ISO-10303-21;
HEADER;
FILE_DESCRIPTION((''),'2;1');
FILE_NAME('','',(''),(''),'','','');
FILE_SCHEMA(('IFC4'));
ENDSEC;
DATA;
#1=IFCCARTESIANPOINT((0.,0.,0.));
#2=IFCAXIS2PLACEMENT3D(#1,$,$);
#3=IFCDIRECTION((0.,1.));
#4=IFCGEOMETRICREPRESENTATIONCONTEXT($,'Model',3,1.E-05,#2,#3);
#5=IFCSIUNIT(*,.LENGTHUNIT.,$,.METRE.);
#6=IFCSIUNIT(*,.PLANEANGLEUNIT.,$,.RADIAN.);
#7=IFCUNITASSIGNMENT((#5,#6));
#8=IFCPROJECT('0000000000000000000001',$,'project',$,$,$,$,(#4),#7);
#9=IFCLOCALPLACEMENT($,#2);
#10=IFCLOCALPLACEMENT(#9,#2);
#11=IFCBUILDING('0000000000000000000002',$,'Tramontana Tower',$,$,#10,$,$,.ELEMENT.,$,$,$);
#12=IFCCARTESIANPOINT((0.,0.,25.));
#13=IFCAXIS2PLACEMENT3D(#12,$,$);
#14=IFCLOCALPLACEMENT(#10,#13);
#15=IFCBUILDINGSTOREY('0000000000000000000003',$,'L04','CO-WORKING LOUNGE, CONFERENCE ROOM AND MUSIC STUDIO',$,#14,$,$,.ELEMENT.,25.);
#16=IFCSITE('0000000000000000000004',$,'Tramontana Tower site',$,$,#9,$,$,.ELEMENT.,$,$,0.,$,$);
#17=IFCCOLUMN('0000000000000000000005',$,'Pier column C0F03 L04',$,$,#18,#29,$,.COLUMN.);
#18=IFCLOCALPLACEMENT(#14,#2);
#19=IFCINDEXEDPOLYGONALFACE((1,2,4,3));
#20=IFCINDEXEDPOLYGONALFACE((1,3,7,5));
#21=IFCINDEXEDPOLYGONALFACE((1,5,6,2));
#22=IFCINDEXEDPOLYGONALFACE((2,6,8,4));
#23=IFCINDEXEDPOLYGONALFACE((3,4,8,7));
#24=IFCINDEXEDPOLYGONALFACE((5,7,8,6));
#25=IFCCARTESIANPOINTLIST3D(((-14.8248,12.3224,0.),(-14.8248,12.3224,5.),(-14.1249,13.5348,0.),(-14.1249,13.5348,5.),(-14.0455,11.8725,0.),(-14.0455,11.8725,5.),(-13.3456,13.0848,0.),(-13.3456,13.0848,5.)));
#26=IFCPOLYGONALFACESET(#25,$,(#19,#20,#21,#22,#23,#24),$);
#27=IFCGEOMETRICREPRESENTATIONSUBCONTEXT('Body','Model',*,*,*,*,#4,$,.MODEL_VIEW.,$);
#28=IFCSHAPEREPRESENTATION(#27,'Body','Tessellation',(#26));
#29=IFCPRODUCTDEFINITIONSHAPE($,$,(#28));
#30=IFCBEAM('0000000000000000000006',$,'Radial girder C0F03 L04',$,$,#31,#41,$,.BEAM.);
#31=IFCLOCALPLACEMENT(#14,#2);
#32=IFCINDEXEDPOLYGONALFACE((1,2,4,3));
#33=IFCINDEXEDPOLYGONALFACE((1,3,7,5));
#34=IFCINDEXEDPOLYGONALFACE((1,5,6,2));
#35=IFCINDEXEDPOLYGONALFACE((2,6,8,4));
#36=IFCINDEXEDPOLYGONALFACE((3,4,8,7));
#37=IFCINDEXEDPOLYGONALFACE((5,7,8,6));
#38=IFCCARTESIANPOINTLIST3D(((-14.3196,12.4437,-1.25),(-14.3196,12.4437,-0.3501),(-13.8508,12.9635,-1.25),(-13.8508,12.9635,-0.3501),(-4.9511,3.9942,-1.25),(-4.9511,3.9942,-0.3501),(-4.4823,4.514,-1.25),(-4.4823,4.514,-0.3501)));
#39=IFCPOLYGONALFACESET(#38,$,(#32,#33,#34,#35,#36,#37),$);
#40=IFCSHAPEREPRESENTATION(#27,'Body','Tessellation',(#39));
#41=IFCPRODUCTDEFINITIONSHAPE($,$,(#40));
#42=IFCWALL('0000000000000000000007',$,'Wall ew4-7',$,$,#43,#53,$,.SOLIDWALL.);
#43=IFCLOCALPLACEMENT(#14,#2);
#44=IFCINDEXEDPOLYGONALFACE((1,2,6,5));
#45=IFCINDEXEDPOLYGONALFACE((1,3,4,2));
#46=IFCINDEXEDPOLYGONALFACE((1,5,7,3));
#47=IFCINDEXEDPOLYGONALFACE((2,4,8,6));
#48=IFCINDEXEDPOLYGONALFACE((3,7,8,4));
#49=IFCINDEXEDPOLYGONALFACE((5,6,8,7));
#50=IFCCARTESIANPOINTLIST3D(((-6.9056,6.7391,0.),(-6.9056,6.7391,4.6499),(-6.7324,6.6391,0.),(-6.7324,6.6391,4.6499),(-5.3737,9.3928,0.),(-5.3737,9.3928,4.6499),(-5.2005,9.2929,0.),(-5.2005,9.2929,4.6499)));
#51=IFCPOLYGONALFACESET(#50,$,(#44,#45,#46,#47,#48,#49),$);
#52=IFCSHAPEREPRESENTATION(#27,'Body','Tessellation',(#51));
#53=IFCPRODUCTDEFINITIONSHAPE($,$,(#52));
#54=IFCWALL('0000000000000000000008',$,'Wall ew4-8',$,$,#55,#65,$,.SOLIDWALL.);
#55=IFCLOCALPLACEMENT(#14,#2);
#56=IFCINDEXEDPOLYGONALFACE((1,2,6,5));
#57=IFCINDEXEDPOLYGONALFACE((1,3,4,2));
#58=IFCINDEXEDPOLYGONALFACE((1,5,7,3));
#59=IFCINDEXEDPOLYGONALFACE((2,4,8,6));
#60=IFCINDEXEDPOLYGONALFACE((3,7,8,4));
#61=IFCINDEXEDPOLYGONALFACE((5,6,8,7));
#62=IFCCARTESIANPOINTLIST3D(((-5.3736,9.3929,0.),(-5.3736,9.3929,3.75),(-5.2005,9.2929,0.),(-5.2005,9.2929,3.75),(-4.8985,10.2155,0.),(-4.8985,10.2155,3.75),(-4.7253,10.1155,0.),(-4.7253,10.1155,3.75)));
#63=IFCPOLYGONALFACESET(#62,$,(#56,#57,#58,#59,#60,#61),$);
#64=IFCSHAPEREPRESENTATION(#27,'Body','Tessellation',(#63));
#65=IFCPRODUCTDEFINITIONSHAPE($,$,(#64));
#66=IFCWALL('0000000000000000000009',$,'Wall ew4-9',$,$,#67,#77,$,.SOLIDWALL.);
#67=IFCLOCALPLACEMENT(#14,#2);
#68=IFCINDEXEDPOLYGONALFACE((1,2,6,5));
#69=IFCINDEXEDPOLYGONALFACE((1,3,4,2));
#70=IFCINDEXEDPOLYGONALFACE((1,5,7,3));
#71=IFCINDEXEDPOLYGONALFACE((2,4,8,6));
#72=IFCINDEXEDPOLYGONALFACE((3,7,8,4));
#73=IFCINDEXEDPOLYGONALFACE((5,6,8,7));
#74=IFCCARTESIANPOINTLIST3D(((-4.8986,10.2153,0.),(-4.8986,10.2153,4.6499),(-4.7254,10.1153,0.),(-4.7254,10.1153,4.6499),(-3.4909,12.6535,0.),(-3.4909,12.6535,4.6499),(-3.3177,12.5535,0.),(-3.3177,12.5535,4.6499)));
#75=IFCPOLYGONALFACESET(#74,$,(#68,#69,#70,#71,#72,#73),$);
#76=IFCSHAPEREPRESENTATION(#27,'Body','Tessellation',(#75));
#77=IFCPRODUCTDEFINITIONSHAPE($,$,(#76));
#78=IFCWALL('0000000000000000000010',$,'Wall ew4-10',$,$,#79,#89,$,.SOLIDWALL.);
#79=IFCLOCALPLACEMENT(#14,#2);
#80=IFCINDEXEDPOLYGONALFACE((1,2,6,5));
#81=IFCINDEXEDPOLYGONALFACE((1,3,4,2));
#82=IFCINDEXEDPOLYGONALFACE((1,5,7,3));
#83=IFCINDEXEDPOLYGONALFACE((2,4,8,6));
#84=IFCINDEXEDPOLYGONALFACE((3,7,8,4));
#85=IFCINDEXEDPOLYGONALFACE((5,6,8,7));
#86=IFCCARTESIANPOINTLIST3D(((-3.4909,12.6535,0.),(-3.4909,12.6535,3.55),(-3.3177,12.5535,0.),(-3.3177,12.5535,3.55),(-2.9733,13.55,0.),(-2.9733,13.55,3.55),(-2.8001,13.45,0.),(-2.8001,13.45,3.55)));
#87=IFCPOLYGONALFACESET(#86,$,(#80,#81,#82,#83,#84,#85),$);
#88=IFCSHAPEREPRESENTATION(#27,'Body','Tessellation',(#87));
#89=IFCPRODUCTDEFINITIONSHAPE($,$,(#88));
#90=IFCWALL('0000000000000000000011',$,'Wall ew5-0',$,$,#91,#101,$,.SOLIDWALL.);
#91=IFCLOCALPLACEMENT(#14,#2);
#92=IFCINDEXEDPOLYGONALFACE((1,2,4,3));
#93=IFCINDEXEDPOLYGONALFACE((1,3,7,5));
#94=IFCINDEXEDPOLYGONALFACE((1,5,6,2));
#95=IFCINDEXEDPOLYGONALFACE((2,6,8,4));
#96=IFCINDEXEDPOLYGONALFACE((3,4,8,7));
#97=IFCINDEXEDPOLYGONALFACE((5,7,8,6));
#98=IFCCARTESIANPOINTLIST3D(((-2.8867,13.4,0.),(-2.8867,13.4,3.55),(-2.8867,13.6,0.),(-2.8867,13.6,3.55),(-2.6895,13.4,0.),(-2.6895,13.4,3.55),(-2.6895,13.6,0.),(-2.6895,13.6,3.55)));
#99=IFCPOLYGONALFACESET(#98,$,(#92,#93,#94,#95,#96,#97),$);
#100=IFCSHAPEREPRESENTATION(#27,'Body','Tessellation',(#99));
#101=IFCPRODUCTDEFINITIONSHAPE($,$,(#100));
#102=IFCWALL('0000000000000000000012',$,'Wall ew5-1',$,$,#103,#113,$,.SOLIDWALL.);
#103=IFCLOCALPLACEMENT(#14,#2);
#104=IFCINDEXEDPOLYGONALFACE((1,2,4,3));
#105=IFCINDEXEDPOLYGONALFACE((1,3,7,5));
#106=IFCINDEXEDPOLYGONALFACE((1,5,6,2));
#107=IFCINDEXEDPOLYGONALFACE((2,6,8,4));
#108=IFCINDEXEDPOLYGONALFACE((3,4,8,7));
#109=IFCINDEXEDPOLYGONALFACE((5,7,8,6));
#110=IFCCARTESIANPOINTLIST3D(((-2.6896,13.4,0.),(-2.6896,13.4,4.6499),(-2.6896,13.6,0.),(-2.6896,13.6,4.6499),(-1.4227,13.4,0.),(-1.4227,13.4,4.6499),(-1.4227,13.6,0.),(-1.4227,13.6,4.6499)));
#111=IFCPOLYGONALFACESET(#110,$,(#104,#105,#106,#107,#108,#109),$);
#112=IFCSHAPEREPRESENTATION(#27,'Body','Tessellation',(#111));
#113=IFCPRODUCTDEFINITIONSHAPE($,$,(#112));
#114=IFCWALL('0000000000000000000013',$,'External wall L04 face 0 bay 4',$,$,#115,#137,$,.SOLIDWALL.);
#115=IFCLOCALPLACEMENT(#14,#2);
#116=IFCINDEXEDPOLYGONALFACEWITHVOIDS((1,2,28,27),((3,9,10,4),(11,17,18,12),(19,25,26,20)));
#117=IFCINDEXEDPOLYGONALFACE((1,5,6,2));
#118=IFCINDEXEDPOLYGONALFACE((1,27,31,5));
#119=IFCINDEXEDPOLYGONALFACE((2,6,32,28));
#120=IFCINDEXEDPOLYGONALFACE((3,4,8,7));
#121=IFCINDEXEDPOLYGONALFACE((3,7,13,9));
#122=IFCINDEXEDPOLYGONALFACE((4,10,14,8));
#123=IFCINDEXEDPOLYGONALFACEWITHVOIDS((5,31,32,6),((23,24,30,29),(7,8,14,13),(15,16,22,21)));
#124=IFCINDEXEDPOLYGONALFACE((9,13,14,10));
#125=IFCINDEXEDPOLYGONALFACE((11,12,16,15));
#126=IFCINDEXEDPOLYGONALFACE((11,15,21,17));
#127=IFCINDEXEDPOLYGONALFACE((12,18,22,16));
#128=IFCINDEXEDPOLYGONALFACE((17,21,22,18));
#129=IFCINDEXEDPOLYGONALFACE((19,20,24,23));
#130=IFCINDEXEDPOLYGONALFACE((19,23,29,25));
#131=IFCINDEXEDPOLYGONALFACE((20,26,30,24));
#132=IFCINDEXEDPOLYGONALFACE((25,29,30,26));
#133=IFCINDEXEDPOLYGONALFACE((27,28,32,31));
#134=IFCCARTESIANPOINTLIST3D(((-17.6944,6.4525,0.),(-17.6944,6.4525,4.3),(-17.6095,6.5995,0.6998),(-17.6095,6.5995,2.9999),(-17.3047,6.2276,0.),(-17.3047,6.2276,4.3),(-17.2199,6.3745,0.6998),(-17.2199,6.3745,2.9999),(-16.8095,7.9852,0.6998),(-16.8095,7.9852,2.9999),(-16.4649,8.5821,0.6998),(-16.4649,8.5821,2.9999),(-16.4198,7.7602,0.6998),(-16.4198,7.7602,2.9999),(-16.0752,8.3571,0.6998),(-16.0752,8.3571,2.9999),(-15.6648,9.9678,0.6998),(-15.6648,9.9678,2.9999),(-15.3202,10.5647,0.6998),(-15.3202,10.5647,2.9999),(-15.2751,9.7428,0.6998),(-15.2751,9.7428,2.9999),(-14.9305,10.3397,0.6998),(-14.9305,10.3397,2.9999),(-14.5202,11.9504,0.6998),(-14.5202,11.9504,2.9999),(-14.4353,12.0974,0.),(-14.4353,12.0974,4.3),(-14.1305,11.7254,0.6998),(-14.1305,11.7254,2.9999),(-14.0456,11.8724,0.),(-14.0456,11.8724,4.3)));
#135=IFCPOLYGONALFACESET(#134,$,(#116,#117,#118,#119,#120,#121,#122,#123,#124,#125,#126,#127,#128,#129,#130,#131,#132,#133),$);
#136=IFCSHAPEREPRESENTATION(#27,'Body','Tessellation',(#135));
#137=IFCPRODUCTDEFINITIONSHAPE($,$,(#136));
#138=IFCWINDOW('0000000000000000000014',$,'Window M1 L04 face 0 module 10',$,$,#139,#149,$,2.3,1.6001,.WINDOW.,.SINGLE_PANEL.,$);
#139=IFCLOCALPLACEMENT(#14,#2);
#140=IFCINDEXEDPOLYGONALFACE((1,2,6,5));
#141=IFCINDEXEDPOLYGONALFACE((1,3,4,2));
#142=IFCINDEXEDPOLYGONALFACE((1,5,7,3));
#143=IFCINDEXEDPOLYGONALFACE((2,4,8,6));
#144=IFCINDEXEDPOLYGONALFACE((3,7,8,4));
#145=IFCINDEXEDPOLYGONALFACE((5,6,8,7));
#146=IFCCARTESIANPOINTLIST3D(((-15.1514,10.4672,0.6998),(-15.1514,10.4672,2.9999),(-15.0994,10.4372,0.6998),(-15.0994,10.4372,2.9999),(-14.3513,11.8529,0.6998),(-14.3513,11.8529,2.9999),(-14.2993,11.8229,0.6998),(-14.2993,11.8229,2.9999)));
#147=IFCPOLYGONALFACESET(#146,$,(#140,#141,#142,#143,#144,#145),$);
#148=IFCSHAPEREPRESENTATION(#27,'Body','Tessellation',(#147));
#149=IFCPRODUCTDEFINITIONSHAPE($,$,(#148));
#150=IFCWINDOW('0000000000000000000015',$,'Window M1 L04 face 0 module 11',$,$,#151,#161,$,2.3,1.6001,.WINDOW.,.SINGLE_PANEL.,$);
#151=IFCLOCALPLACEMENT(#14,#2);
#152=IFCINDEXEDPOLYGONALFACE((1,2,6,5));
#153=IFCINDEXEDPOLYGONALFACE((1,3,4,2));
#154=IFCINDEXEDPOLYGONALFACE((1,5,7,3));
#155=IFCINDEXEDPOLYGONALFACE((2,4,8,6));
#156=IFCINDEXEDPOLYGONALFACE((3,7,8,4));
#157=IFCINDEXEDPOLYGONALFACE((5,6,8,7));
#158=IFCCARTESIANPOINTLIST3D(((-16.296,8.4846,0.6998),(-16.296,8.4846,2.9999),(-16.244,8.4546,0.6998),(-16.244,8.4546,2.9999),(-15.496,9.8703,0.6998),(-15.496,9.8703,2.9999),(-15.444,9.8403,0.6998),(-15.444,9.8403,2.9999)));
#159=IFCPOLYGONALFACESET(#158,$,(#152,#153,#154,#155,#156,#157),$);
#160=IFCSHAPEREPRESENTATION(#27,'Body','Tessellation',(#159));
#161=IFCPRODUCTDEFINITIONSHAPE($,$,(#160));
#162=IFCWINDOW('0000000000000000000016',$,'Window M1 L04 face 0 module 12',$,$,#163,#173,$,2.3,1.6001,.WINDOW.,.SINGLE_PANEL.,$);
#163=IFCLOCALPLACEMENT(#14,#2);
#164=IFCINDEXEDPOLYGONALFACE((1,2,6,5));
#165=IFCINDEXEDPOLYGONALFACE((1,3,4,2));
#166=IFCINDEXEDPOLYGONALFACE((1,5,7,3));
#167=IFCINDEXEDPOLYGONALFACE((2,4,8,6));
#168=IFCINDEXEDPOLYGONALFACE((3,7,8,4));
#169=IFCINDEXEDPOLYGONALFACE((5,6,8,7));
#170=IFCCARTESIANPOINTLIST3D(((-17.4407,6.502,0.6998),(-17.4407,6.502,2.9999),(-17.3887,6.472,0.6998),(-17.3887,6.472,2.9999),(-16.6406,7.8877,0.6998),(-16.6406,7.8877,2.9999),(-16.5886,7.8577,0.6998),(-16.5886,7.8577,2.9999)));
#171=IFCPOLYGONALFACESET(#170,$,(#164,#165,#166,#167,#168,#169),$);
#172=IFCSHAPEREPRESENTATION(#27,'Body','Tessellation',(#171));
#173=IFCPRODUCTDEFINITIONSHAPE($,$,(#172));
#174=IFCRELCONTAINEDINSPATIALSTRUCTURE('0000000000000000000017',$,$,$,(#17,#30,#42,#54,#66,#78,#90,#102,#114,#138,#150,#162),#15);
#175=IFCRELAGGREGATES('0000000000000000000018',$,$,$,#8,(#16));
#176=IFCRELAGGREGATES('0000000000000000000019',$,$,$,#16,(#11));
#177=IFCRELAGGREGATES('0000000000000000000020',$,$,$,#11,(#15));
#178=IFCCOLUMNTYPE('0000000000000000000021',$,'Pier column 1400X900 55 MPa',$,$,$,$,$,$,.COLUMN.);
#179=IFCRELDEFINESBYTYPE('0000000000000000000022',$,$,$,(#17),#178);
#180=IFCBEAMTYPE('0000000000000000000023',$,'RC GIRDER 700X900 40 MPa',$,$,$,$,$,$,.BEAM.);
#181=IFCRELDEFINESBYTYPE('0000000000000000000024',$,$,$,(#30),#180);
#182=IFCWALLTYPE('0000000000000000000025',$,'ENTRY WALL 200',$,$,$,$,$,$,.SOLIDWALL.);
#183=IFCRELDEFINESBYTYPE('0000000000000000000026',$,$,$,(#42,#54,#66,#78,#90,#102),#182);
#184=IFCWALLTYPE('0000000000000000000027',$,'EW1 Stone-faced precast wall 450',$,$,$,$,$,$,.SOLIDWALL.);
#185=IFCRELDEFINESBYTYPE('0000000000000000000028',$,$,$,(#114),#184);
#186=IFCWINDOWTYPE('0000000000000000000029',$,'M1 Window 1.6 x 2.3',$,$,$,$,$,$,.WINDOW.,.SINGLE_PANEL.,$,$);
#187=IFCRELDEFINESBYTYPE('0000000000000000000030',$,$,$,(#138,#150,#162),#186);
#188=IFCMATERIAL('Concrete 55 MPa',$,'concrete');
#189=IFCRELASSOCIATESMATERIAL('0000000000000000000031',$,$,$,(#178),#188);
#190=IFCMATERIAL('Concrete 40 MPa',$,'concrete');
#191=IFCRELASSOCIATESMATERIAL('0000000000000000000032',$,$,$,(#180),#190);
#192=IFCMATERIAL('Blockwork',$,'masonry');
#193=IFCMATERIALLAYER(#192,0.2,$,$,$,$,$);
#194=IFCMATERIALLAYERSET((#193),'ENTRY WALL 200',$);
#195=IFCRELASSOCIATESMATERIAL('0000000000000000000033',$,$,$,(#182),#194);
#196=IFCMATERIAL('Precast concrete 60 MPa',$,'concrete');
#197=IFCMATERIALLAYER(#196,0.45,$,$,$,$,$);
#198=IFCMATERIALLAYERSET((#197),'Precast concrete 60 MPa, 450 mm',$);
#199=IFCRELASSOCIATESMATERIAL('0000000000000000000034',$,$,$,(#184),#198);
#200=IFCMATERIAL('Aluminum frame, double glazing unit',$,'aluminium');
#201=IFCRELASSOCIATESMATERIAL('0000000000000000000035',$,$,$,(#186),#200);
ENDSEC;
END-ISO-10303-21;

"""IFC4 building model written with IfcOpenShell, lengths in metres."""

from ifc_helpers import new_model, si_unit, direction, frame, frame_2d, origin, origin_2d, place, context, subcontext, project, spatial, rectangle, extrude, material, layer, layer_set, material_profile, profile_set, type_object, element, fill, save


model = new_model("IFC4")

# Units and contexts
model_context = context("Model", 3, precision=1e-05, world=origin(), true_north=direction((0.0, 1.0)))
body_context = subcontext(model_context, "Body", "Model", "MODEL_VIEW")
ifc_project = project(units=[si_unit("LENGTHUNIT", "METRE"), si_unit("PLANEANGLEUNIT", "RADIAN")], contexts=[model_context])

# Site, building, storey
site_placement = place(None, origin())
site = spatial("IfcSite", under=ifc_project, at=site_placement, Name="Tramontana Tower site", CompositionType="ELEMENT", RefElevation=0.0)
building_placement = place(site_placement, origin())
building = spatial("IfcBuilding", under=site, at=building_placement, Name="Tramontana Tower", CompositionType="ELEMENT")
storey_placement = place(building_placement, frame((0.0, 0.0, 25.0)))
storey = spatial("IfcBuildingStorey", under=building, at=storey_placement, Name="L04", Description="CO-WORKING LOUNGE, CONFERENCE ROOM AND MUSIC STUDIO", CompositionType="ELEMENT", Elevation=25.0)

# Column
ifc_material_1 = material(Name="Concrete 55 MPa", Category="concrete")
ifc_material_profile_1 = material_profile(ifc_material_1, rectangle(XDim=1.3999, YDim=0.8999, at=origin_2d()), Name="Pier column 1400X900 55 MPa")
ifc_profile_set_1 = profile_set([ifc_material_profile_1], Name="Concrete 55 MPa")
column_type = type_object("IfcColumnType", Name="Pier column 1400X900 55 MPa", PredefinedType="COLUMN", material=ifc_profile_set_1)
column_placement = place(storey_placement, frame((-14.0852, 12.7036, 0.0), z_axis=(0.0, 0.0, 1.0), x_axis=(-0.5, -0.866025, 0.0)))
element("IfcColumn", 1, at=column_placement, inside=storey, type_object=column_type, Name="Pier column C0F03 L04", PredefinedType="COLUMN", context=body_context, shape_type="SweptSolid", body=[
    extrude(rectangle(XDim=1.3999, YDim=0.8999, at=origin_2d()), origin(), (0.0, 0.0, 1.0), 5.0),
])

# Beam
ifc_material_2 = material(Name="Concrete 40 MPa", Category="concrete")
ifc_material_profile_2 = material_profile(ifc_material_2, rectangle(XDim=0.7, YDim=0.8999, at=origin_2d()), Name="RC GIRDER 700X900 40 MPa")
ifc_profile_set_2 = profile_set([ifc_material_profile_2], Name="Concrete 40 MPa")
beam_type = type_object("IfcBeamType", Name="RC GIRDER 700X900 40 MPa", PredefinedType="BEAM", material=ifc_profile_set_2)
beam_placement = place(storey_placement, frame((-14.0852, 12.7036, -0.8), z_axis=(0.742588, -0.669748, 0.0), x_axis=(0.669748, 0.742588, 0.0)))
element("IfcBeam", 2, at=beam_placement, inside=storey, type_object=beam_type, Name="Radial girder C0F03 L04", PredefinedType="BEAM", context=body_context, shape_type="SweptSolid", body=[
    extrude(rectangle(XDim=0.7, YDim=0.8999, at=origin_2d()), origin(), (0.0, 0.0, 1.0), 12.616),
])

# Walls
ifc_material_3 = material(Name="Blockwork", Category="masonry")
ifc_layer_1 = layer(ifc_material_3, 0.2)
ifc_layer_set_1 = layer_set([ifc_layer_1], Name="ENTRY WALL 200")
wall_type_1 = type_object("IfcWallType", Name="ENTRY WALL 200", PredefinedType="SOLIDWALL", material=ifc_layer_set_1)
wall_1_placement = place(storey_placement, frame((-6.8191, 6.689, 0.0), z_axis=(0.0, 0.0, 1.0), x_axis=(0.499952, 0.866053, 0.0)))
element("IfcWall", 3, at=wall_1_placement, inside=storey, type_object=wall_type_1, Name="Wall ew4-7", PredefinedType="SOLIDWALL", context=body_context, shape_type="SweptSolid", body=[
    extrude(rectangle(XDim=3.0642, YDim=0.2, at=frame_2d((1.5322, 0.0))), origin(), (0.0, 0.0, 1.0), 4.6499),
])
wall_2_placement = place(storey_placement, frame((-5.2871, 9.3428, 0.0), z_axis=(0.0, 0.0, 1.0), x_axis=(0.500175, 0.865924, 0.0)))
element("IfcWall", 4, at=wall_2_placement, inside=storey, type_object=wall_type_1, Name="Wall ew4-8", PredefinedType="SOLIDWALL", context=body_context, shape_type="SweptSolid", body=[
    extrude(rectangle(XDim=0.95, YDim=0.2, at=frame_2d((0.4751, 0.0))), origin(), (0.0, 0.0, 1.0), 3.75),
])
wall_3_placement = place(storey_placement, frame((-4.812, 10.1653, 0.0), z_axis=(0.0, 0.0, 1.0), x_axis=(0.5, 0.866025, 0.0)))
element("IfcWall", 5, at=wall_3_placement, inside=storey, type_object=wall_type_1, Name="Wall ew4-9", PredefinedType="SOLIDWALL", context=body_context, shape_type="SweptSolid", body=[
    extrude(rectangle(XDim=2.8154, YDim=0.2, at=frame_2d((1.4077, 0.0))), origin(), (0.0, 0.0, 1.0), 4.6499),
])
wall_4_placement = place(storey_placement, frame((-3.4043, 12.6035, 0.0), z_axis=(0.0, 0.0, 1.0), x_axis=(0.499995, 0.866028, 0.0)))
element("IfcWall", 6, at=wall_4_placement, inside=storey, type_object=wall_type_1, Name="Wall ew4-10", PredefinedType="SOLIDWALL", context=body_context, shape_type="SweptSolid", body=[
    extrude(rectangle(XDim=1.0352, YDim=0.2, at=frame_2d((0.5176, 0.0))), origin(), (0.0, 0.0, 1.0), 3.55),
])
wall_5_placement = place(storey_placement, frame((-2.8867, 13.5, 0.0), z_axis=(0.0, 0.0, 1.0), x_axis=(1.0, 0.0, 0.0)))
element("IfcWall", 7, at=wall_5_placement, inside=storey, type_object=wall_type_1, Name="Wall ew5-0", PredefinedType="SOLIDWALL", context=body_context, shape_type="SweptSolid", body=[
    extrude(rectangle(XDim=0.1973, YDim=0.2, at=frame_2d((0.0986, 0.0))), origin(), (0.0, 0.0, 1.0), 3.55),
])
wall_6_placement = place(storey_placement, frame((-2.6895, 13.5, 0.0), z_axis=(0.0, 0.0, 1.0), x_axis=(1.0, 0.0, 0.0)))
element("IfcWall", 8, at=wall_6_placement, inside=storey, type_object=wall_type_1, Name="Wall ew5-1", PredefinedType="SOLIDWALL", context=body_context, shape_type="SweptSolid", body=[
    extrude(rectangle(XDim=1.2668, YDim=0.2, at=frame_2d((0.6333, 0.0))), origin(), (0.0, 0.0, 1.0), 4.6499),
])

# Wall, openings, windows
ifc_material_4 = material(Name="Precast concrete 60 MPa", Category="concrete")
ifc_layer_2 = layer(ifc_material_4, 0.45)
ifc_layer_set_2 = layer_set([ifc_layer_2], Name="Precast concrete 60 MPa, 450 mm")
wall_type_2 = type_object("IfcWallType", Name="EW1 Stone-faced precast wall 450", PredefinedType="SOLIDWALL", material=ifc_layer_set_2)
wall_7_placement = place(storey_placement, frame((-14.2405, 11.9849, 0.0), z_axis=(0.0, 0.0, 1.0), x_axis=(-0.500002, -0.866024, 0.0)))
wall_7 = element("IfcWall", 9, at=wall_7_placement, inside=storey, type_object=wall_type_2, Name="External wall L04 face 0 bay 4", PredefinedType="SOLIDWALL", context=body_context, shape_type="SweptSolid", body=[
    extrude(rectangle(XDim=6.5181, YDim=0.45, at=frame_2d((3.259, 0.0))), origin(), (0.0, 0.0, 1.0), 4.3),
])
opening_1_placement = place(wall_7_placement, frame((0.1697, 0.0, 0.7)))
opening_1 = element("IfcOpeningElement", 10, at=opening_1_placement, cuts=wall_7, PredefinedType="OPENING", context=body_context, shape_type="SweptSolid", body=[
    extrude(rectangle(XDim=1.6001, YDim=2.3, at=frame_2d((0.8, 1.1499))), frame((0.0, 0.2349, 0.0), z_axis=(0.0, -1.0, 0.0), x_axis=(1.0, 0.0, 0.0)), (0.0, 0.0, 1.0), 0.47),
])
opening_2_placement = place(wall_7_placement, frame((2.459, 0.0, 0.7)))
opening_2 = element("IfcOpeningElement", 11, at=opening_2_placement, cuts=wall_7, PredefinedType="OPENING", context=body_context, shape_type="SweptSolid", body=[
    extrude(rectangle(XDim=1.6001, YDim=2.3, at=frame_2d((0.8, 1.1499))), frame((0.0, 0.2349, 0.0), z_axis=(0.0, -1.0, 0.0), x_axis=(1.0, 0.0, 0.0)), (0.0, 0.0, 1.0), 0.47),
])
opening_3_placement = place(wall_7_placement, frame((4.7483, 0.0, 0.7)))
opening_3 = element("IfcOpeningElement", 12, at=opening_3_placement, cuts=wall_7, PredefinedType="OPENING", context=body_context, shape_type="SweptSolid", body=[
    extrude(rectangle(XDim=1.6001, YDim=2.3, at=frame_2d((0.8, 1.1499))), frame((0.0, 0.2349, 0.0), z_axis=(0.0, -1.0, 0.0), x_axis=(1.0, 0.0, 0.0)), (0.0, 0.0, 1.0), 0.47),
])
ifc_material_5 = material(Name="Aluminum frame, double glazing unit", Category="aluminium")
window_type = type_object("IfcWindowType", Name="M1 Window 1.6 x 2.3", PartitioningType="SINGLE_PANEL", PredefinedType="WINDOW", material=ifc_material_5)
window_1_placement = place(opening_1_placement, origin())
window_1 = element("IfcWindow", 13, at=window_1_placement, inside=storey, type_object=window_type, Name="Window M1 L04 face 0 module 10", OverallHeight=2.3, OverallWidth=1.6001, PartitioningType="SINGLE_PANEL", PredefinedType="WINDOW", context=body_context, shape_type="SweptSolid", body=[
    extrude(rectangle(XDim=1.6001, YDim=2.3, at=frame_2d((0.8, 1.1499))), frame((0.0, 0.03, 0.0), z_axis=(0.0, -1.0, 0.0), x_axis=(1.0, 0.0, 0.0)), (0.0, 0.0, 1.0), 0.0601),
])
fill(opening_1, window_1)
window_2_placement = place(opening_2_placement, origin())
window_2 = element("IfcWindow", 14, at=window_2_placement, inside=storey, type_object=window_type, Name="Window M1 L04 face 0 module 11", OverallHeight=2.3, OverallWidth=1.6001, PartitioningType="SINGLE_PANEL", PredefinedType="WINDOW", context=body_context, shape_type="SweptSolid", body=[
    extrude(rectangle(XDim=1.6001, YDim=2.3, at=frame_2d((0.8, 1.1499))), frame((0.0, 0.03, 0.0), z_axis=(0.0, -1.0, 0.0), x_axis=(1.0, 0.0, 0.0)), (0.0, 0.0, 1.0), 0.0601),
])
fill(opening_2, window_2)
window_3_placement = place(opening_3_placement, origin())
window_3 = element("IfcWindow", 15, at=window_3_placement, inside=storey, type_object=window_type, Name="Window M1 L04 face 0 module 12", OverallHeight=2.3, OverallWidth=1.6001, PartitioningType="SINGLE_PANEL", PredefinedType="WINDOW", context=body_context, shape_type="SweptSolid", body=[
    extrude(rectangle(XDim=1.6001, YDim=2.3, at=frame_2d((0.8, 1.1499))), frame((0.0, 0.03, 0.0), z_axis=(0.0, -1.0, 0.0), x_axis=(1.0, 0.0, 0.0)), (0.0, 0.0, 1.0), 0.0601),
])
fill(opening_3, window_3)

save(model, "model.ifc")
